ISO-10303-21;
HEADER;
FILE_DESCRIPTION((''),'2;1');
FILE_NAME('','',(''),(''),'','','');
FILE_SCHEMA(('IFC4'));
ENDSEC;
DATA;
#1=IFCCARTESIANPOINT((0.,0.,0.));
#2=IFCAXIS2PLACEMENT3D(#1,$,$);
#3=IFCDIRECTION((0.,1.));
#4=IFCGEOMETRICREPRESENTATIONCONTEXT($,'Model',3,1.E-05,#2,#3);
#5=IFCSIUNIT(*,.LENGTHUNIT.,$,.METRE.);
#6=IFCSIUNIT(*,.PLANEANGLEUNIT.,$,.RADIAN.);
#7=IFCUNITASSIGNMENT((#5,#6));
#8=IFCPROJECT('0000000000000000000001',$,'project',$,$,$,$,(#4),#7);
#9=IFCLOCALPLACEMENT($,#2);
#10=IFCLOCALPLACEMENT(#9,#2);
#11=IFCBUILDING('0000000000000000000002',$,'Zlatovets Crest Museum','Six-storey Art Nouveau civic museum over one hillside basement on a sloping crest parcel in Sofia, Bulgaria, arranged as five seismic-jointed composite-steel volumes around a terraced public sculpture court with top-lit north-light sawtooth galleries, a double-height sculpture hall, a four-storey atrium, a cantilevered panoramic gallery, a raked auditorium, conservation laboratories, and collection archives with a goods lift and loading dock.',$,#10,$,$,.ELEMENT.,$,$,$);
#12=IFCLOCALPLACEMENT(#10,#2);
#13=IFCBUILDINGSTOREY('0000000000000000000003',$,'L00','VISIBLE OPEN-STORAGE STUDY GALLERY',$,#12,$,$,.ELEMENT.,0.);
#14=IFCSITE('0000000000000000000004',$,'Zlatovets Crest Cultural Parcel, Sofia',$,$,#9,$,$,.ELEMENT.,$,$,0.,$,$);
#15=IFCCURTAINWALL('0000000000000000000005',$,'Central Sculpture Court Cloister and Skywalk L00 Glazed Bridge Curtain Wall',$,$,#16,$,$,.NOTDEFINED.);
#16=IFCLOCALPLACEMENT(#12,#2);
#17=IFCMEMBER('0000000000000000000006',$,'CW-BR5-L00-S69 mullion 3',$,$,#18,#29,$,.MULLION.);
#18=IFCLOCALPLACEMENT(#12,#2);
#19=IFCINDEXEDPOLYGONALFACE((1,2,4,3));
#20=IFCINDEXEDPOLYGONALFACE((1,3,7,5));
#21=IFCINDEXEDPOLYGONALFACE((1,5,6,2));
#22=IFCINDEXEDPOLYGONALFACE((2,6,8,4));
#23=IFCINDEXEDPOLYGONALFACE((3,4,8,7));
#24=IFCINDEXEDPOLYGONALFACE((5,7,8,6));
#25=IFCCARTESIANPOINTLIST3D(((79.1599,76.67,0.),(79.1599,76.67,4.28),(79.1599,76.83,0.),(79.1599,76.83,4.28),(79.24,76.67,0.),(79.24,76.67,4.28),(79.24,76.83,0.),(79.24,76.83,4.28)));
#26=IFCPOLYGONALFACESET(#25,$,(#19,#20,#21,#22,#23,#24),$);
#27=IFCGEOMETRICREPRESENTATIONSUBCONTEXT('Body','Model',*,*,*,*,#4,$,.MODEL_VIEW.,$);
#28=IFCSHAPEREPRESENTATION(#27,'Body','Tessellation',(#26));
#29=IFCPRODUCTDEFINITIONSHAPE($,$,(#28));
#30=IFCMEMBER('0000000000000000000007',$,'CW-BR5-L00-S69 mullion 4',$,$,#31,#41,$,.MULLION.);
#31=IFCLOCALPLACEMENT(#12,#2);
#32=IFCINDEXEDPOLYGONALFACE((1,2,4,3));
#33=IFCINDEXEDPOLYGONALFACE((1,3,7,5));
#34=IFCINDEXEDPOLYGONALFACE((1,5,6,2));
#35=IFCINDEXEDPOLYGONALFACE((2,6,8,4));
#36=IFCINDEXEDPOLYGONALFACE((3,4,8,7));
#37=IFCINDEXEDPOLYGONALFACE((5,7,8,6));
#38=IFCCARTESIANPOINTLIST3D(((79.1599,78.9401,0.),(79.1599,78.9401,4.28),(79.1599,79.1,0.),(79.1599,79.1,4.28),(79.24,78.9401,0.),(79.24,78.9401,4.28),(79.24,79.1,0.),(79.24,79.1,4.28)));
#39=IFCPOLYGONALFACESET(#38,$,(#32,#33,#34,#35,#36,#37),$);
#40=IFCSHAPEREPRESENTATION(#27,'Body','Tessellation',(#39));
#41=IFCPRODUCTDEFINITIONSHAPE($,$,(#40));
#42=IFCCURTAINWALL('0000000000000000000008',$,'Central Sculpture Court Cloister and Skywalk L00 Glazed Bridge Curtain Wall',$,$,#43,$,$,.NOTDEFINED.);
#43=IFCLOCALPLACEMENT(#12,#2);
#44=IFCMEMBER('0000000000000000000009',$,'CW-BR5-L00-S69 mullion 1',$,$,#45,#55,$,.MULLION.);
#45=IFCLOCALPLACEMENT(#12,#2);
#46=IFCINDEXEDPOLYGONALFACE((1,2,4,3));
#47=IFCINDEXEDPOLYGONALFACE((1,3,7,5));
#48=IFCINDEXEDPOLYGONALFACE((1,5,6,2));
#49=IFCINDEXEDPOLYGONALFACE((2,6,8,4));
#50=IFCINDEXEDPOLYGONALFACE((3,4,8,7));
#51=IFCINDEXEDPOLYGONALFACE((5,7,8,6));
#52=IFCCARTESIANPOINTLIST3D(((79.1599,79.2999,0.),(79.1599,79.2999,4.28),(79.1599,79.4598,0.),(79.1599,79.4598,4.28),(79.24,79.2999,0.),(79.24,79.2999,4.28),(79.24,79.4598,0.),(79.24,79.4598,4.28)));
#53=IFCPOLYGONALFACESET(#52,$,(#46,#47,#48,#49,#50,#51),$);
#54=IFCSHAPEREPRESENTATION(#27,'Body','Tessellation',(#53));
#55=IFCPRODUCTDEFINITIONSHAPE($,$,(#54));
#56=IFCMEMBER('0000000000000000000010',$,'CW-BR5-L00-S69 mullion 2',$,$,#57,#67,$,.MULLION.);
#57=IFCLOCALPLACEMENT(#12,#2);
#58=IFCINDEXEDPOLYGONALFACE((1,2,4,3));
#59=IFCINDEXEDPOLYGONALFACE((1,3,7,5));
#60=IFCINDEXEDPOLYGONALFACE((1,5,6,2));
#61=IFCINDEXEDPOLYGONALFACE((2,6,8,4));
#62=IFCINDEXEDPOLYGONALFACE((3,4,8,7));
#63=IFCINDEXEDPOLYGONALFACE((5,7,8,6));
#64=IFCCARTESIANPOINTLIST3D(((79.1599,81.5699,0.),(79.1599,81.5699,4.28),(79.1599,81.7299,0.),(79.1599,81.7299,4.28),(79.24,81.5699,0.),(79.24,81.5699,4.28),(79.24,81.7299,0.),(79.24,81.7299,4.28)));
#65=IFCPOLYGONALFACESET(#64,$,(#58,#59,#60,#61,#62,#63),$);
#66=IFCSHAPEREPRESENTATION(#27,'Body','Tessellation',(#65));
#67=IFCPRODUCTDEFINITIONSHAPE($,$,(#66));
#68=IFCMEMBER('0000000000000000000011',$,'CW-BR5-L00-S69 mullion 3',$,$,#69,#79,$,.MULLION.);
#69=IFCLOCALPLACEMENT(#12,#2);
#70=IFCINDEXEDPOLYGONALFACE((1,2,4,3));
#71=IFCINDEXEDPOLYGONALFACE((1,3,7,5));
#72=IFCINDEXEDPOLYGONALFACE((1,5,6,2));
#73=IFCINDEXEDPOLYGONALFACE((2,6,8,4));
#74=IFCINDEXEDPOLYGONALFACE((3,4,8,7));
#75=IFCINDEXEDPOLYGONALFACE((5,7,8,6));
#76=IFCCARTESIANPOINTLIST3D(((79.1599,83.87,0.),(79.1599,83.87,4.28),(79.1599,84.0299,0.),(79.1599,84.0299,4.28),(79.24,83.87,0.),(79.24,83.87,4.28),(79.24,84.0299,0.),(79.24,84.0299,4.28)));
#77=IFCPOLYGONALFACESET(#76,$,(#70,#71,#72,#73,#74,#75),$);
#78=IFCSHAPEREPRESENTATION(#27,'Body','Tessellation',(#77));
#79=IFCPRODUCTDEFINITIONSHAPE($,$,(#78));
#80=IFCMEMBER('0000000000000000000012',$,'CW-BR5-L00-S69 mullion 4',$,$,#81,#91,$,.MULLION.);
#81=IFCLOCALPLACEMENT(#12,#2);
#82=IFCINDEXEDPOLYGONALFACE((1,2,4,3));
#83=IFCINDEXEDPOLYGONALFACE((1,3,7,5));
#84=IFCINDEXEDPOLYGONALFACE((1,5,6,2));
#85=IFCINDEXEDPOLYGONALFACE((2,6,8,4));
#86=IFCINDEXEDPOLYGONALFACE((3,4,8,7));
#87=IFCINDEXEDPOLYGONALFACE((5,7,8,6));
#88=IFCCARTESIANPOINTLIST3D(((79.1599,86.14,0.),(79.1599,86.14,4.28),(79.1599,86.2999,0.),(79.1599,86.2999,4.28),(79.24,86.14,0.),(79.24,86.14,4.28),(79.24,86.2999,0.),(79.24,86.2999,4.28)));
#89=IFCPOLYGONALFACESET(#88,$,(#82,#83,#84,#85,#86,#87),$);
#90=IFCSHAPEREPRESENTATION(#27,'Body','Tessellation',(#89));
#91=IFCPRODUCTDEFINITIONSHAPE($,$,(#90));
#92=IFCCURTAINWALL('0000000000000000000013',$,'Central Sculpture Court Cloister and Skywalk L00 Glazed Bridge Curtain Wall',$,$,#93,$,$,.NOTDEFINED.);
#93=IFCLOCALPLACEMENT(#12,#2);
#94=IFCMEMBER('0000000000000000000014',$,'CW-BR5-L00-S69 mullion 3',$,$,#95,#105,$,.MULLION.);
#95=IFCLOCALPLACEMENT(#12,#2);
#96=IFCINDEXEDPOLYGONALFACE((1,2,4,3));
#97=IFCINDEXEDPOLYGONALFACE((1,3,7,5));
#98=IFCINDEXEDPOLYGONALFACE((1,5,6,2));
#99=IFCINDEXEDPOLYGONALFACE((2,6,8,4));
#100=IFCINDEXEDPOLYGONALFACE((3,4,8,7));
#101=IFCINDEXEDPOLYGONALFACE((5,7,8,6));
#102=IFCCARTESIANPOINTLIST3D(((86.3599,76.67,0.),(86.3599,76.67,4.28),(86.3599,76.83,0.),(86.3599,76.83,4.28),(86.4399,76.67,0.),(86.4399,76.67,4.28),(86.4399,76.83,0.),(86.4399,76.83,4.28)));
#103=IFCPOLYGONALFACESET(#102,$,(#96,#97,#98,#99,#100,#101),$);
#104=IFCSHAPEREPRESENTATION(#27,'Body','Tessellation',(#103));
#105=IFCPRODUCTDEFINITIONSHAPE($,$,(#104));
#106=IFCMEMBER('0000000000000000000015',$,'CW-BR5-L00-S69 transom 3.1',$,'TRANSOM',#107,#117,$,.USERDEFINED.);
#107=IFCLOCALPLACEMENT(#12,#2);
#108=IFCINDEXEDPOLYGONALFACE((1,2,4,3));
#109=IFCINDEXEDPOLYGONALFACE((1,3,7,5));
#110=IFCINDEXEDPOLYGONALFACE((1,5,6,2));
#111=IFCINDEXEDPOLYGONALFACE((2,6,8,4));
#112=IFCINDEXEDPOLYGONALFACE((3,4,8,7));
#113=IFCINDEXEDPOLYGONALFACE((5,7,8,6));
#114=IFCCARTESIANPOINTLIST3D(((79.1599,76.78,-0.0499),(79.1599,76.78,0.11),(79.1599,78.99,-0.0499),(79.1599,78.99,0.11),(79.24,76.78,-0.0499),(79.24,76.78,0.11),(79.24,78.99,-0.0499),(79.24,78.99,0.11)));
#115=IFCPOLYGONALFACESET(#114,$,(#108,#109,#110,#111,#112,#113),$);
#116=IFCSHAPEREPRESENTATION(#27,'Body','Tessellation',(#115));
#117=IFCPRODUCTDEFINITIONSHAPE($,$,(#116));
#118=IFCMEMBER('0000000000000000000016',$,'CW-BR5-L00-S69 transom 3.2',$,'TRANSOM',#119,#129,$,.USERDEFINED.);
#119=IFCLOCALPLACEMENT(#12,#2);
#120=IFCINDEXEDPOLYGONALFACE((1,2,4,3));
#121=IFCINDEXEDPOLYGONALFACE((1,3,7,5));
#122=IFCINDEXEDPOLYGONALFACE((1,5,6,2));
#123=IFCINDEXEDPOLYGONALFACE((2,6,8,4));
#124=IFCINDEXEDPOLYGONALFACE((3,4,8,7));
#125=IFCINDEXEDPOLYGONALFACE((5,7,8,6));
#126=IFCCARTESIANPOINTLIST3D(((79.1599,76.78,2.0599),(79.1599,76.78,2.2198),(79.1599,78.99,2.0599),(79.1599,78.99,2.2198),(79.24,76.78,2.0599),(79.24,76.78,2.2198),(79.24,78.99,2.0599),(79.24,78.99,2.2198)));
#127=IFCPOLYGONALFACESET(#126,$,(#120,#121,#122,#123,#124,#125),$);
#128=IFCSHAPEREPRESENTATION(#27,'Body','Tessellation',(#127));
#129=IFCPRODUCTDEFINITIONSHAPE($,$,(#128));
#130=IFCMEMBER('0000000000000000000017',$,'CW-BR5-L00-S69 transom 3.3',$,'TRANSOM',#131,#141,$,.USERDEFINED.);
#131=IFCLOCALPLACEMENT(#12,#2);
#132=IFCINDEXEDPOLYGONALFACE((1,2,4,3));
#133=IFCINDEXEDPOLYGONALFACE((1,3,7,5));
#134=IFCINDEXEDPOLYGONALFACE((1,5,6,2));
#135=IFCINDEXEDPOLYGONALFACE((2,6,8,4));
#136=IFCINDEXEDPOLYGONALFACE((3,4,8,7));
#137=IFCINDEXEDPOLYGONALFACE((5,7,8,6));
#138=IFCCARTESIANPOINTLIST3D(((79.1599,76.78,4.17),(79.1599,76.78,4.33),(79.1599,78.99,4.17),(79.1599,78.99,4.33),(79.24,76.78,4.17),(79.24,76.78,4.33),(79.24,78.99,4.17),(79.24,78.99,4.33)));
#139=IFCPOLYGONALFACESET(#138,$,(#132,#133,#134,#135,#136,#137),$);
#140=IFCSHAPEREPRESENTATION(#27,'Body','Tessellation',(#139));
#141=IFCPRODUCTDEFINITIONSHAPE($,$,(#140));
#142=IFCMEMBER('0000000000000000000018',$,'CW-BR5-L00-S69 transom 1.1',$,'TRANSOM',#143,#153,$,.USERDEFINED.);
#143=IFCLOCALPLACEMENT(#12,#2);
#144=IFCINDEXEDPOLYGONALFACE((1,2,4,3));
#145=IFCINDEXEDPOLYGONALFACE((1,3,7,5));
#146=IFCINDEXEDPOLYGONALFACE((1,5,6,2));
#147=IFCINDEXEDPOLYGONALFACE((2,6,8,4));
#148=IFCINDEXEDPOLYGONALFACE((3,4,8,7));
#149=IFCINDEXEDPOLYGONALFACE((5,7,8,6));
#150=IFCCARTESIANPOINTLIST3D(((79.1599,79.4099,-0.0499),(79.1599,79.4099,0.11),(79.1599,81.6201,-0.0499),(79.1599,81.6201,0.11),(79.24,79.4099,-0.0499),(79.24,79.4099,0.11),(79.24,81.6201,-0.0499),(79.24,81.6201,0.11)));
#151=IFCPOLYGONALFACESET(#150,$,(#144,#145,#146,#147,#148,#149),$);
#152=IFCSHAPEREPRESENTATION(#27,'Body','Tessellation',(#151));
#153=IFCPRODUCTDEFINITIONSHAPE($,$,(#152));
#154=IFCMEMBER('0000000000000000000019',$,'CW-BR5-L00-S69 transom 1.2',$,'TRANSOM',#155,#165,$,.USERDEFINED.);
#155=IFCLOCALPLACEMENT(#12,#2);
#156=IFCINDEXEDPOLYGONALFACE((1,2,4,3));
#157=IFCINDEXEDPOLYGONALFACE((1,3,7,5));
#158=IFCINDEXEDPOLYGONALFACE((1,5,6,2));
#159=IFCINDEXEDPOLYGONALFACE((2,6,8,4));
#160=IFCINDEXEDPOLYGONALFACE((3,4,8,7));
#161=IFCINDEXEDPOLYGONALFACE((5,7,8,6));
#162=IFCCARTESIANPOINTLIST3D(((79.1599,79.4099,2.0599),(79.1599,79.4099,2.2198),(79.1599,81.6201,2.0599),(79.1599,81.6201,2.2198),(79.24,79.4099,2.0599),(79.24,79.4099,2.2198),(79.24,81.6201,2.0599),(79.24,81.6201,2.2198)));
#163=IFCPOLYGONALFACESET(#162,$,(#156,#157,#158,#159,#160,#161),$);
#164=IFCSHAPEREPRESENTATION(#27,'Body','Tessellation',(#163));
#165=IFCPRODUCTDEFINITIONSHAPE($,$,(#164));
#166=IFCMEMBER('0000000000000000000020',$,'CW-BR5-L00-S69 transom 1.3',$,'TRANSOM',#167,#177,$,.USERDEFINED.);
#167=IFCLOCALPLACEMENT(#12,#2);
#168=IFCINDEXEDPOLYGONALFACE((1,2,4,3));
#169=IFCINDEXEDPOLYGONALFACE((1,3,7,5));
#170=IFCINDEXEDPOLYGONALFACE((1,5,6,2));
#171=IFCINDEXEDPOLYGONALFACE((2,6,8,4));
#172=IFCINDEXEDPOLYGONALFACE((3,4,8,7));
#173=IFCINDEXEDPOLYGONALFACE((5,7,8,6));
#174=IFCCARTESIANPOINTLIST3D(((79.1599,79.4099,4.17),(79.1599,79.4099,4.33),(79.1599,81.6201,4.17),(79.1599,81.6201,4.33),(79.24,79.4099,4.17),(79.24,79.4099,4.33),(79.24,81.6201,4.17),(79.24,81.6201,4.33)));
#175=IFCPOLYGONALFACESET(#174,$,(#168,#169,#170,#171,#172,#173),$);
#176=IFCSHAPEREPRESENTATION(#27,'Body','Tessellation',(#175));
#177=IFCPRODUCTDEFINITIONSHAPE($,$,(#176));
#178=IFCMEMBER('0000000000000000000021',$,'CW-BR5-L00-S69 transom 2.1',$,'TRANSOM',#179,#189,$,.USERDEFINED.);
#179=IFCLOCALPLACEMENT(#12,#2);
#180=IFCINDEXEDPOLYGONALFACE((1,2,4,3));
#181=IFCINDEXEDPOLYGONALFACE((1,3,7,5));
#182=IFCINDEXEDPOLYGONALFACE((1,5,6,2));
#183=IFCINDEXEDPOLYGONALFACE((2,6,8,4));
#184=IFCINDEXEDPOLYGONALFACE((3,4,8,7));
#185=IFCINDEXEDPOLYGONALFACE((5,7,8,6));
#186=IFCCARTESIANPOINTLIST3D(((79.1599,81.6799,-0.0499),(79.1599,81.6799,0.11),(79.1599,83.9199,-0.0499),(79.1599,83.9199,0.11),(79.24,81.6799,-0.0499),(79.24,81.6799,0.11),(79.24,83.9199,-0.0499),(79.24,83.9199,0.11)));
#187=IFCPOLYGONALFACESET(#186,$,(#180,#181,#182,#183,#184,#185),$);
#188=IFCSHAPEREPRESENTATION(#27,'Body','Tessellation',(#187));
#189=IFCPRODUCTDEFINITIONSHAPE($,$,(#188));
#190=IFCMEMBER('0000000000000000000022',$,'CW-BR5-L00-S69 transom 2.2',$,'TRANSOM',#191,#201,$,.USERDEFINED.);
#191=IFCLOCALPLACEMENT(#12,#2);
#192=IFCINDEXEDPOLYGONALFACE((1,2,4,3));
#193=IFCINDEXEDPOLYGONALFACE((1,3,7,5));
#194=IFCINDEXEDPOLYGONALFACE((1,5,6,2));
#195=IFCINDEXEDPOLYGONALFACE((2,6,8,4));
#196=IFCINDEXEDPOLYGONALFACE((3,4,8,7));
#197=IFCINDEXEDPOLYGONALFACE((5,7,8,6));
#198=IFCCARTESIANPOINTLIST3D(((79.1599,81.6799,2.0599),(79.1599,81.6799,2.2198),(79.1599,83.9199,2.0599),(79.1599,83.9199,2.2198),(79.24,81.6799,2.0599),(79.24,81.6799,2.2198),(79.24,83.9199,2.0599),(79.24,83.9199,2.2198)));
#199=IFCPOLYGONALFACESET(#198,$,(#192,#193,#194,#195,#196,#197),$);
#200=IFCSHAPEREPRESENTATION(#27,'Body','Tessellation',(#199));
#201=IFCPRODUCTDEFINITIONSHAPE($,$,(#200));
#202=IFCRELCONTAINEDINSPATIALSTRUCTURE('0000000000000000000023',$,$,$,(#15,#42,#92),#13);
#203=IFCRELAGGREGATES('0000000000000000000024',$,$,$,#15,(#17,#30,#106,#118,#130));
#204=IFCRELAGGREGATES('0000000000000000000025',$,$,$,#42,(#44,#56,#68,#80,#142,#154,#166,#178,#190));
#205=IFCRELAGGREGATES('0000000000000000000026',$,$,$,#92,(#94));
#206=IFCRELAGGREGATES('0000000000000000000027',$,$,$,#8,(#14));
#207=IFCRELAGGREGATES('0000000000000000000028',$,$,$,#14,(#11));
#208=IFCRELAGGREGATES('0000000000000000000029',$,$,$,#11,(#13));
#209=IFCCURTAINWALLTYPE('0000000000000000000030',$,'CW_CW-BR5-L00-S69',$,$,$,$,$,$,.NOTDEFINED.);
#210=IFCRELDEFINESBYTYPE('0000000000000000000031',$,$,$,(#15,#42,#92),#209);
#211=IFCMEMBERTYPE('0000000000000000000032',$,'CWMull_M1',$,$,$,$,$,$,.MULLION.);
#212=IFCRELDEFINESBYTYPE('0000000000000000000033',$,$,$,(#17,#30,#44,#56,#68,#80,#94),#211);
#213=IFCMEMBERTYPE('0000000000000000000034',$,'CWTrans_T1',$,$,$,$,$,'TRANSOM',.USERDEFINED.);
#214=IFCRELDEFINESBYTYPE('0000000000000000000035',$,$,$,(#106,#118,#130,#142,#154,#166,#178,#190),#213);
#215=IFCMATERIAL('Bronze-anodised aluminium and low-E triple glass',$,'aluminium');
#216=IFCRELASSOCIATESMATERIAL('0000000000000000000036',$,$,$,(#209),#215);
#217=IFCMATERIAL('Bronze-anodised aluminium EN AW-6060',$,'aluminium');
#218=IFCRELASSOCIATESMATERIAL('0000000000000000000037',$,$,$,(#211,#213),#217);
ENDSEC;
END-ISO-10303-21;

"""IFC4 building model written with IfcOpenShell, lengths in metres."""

from ifc_helpers import new_model, si_unit, direction, frame, origin, origin_2d, place, context, subcontext, project, spatial, rectangle, extrude, material, material_profile, profile_set, type_object, element, aggregate, save


model = new_model("IFC4")

# Units and contexts
model_context = context("Model", 3, precision=1e-05, world=origin(), true_north=direction((0.0, 1.0)))
body_context = subcontext(model_context, "Body", "Model", "MODEL_VIEW")
ifc_project = project(units=[si_unit("LENGTHUNIT", "METRE"), si_unit("PLANEANGLEUNIT", "RADIAN")], contexts=[model_context])

# Site, building, storey
site_placement = place(None, origin())
site = spatial("IfcSite", under=ifc_project, at=site_placement, Name="Zlatovets Crest Cultural Parcel, Sofia", CompositionType="ELEMENT", RefElevation=0.0)
building_placement = place(site_placement, origin())
building = spatial("IfcBuilding", under=site, at=building_placement, Name="Zlatovets Crest Museum", Description="Six-storey Art Nouveau civic museum over one hillside basement on a sloping crest parcel in Sofia, Bulgaria, arranged as five seismic-jointed composite-steel volumes around a terraced public sculpture court with top-lit north-light sawtooth galleries, a double-height sculpture hall, a four-storey atrium, a cantilevered panoramic gallery, a raked auditorium, conservation laboratories, and collection archives with a goods lift and loading dock.", CompositionType="ELEMENT")
storey_placement = place(building_placement, origin())
storey = spatial("IfcBuildingStorey", under=building, at=storey_placement, Name="L00", Description="VISIBLE OPEN-STORAGE STUDY GALLERY", CompositionType="ELEMENT", Elevation=0.0)

# Curtain walls, members
ifc_material_1 = material(Name="Bronze-anodised aluminium and low-E triple glass", Category="aluminium")
curtain_wall_type = type_object("IfcCurtainWallType", Name="CW_CW-BR5-L00-S69", PredefinedType="NOTDEFINED", material=ifc_material_1)
curtain_wall_1_placement = place(storey_placement, origin())
curtain_wall_1 = element("IfcCurtainWall", 1, at=curtain_wall_1_placement, inside=storey, type_object=curtain_wall_type, Name="Central Sculpture Court Cloister and Skywalk L00 Glazed Bridge Curtain Wall", PredefinedType="NOTDEFINED")
ifc_material_2 = material(Name="Bronze-anodised aluminium EN AW-6060", Category="aluminium")
ifc_material_profile_1 = material_profile(ifc_material_2, rectangle(XDim=0.0801, YDim=0.1599, at=origin_2d()), Name="ALU 80x160")
ifc_profile_set_1 = profile_set([ifc_material_profile_1], Name="Bronze-anodised aluminium EN AW-6060")
member_type_1 = type_object("IfcMemberType", Name="CWMull_M1", PredefinedType="MULLION", material=ifc_profile_set_1)
member_1_placement = place(storey_placement, frame((79.2, 76.75, 0.0), z_axis=(0.0, 0.0, 1.0), x_axis=(-1.0, 0.0, 0.0)))
member_1 = element("IfcMember", 2, at=member_1_placement, type_object=member_type_1, Name="CW-BR5-L00-S69 mullion 3", PredefinedType="MULLION", context=body_context, shape_type="SweptSolid", body=[
    extrude(rectangle(XDim=0.0801, YDim=0.1599, at=origin_2d()), origin(), (0.0, 0.0, 1.0), 4.28),
])
member_2_placement = place(storey_placement, frame((79.2, 79.02, 0.0), z_axis=(0.0, 0.0, 1.0), x_axis=(-1.0, 0.0, 0.0)))
member_2 = element("IfcMember", 3, at=member_2_placement, type_object=member_type_1, Name="CW-BR5-L00-S69 mullion 4", PredefinedType="MULLION", context=body_context, shape_type="SweptSolid", body=[
    extrude(rectangle(XDim=0.0801, YDim=0.1599, at=origin_2d()), origin(), (0.0, 0.0, 1.0), 4.28),
])
curtain_wall_2_placement = place(storey_placement, origin())
curtain_wall_2 = element("IfcCurtainWall", 4, at=curtain_wall_2_placement, inside=storey, type_object=curtain_wall_type, Name="Central Sculpture Court Cloister and Skywalk L00 Glazed Bridge Curtain Wall", PredefinedType="NOTDEFINED")
member_3_placement = place(storey_placement, frame((79.2, 79.3799, 0.0), z_axis=(0.0, 0.0, 1.0), x_axis=(-1.0, 0.0, 0.0)))
member_3 = element("IfcMember", 5, at=member_3_placement, type_object=member_type_1, Name="CW-BR5-L00-S69 mullion 1", PredefinedType="MULLION", context=body_context, shape_type="SweptSolid", body=[
    extrude(rectangle(XDim=0.0801, YDim=0.1599, at=origin_2d()), origin(), (0.0, 0.0, 1.0), 4.28),
])
member_4_placement = place(storey_placement, frame((79.2, 81.6499, 0.0), z_axis=(0.0, 0.0, 1.0), x_axis=(-1.0, 0.0, 0.0)))
member_4 = element("IfcMember", 6, at=member_4_placement, type_object=member_type_1, Name="CW-BR5-L00-S69 mullion 2", PredefinedType="MULLION", context=body_context, shape_type="SweptSolid", body=[
    extrude(rectangle(XDim=0.0801, YDim=0.1599, at=origin_2d()), origin(), (0.0, 0.0, 1.0), 4.28),
])
member_5_placement = place(storey_placement, frame((79.2, 83.95, 0.0), z_axis=(0.0, 0.0, 1.0), x_axis=(-1.0, 0.0, 0.0)))
member_5 = element("IfcMember", 7, at=member_5_placement, type_object=member_type_1, Name="CW-BR5-L00-S69 mullion 3", PredefinedType="MULLION", context=body_context, shape_type="SweptSolid", body=[
    extrude(rectangle(XDim=0.0801, YDim=0.1599, at=origin_2d()), origin(), (0.0, 0.0, 1.0), 4.28),
])
member_6_placement = place(storey_placement, frame((79.2, 86.22, 0.0), z_axis=(0.0, 0.0, 1.0), x_axis=(-1.0, 0.0, 0.0)))
member_6 = element("IfcMember", 8, at=member_6_placement, type_object=member_type_1, Name="CW-BR5-L00-S69 mullion 4", PredefinedType="MULLION", context=body_context, shape_type="SweptSolid", body=[
    extrude(rectangle(XDim=0.0801, YDim=0.1599, at=origin_2d()), origin(), (0.0, 0.0, 1.0), 4.28),
])

# Curtain wall, member
curtain_wall_3_placement = place(storey_placement, origin())
curtain_wall_3 = element("IfcCurtainWall", 9, at=curtain_wall_3_placement, inside=storey, type_object=curtain_wall_type, Name="Central Sculpture Court Cloister and Skywalk L00 Glazed Bridge Curtain Wall", PredefinedType="NOTDEFINED")
member_7_placement = place(storey_placement, frame((86.3999, 76.75, 0.0), z_axis=(0.0, 0.0, 1.0), x_axis=(-1.0, 0.0, 0.0)))
member_7 = element("IfcMember", 10, at=member_7_placement, type_object=member_type_1, Name="CW-BR5-L00-S69 mullion 3", PredefinedType="MULLION", context=body_context, shape_type="SweptSolid", body=[
    extrude(rectangle(XDim=0.0801, YDim=0.1599, at=origin_2d()), origin(), (0.0, 0.0, 1.0), 4.28),
])

# Members
ifc_material_profile_2 = material_profile(ifc_material_2, rectangle(XDim=0.0801, YDim=0.1599, at=origin_2d()), Name="ALU 80x160")
ifc_profile_set_2 = profile_set([ifc_material_profile_2], Name="Bronze-anodised aluminium EN AW-6060")
member_type_2 = type_object("IfcMemberType", Name="CWTrans_T1", ElementType="TRANSOM", PredefinedType="USERDEFINED", material=ifc_profile_set_2)
member_8_placement = place(storey_placement, frame((79.2, 76.78, 0.03), z_axis=(0.0, 1.0, 0.0), x_axis=(-1.0, 0.0, 0.0)))
member_8 = element("IfcMember", 11, at=member_8_placement, type_object=member_type_2, Name="CW-BR5-L00-S69 transom 3.1", ObjectType="TRANSOM", PredefinedType="USERDEFINED", context=body_context, shape_type="SweptSolid", body=[
    extrude(rectangle(XDim=0.0801, YDim=0.1599, at=origin_2d()), origin(), (0.0, 0.0, 1.0), 2.21),
])
member_9_placement = place(storey_placement, frame((79.2, 76.78, 2.1399), z_axis=(0.0, 1.0, 0.0), x_axis=(-1.0, 0.0, 0.0)))
member_9 = element("IfcMember", 12, at=member_9_placement, type_object=member_type_2, Name="CW-BR5-L00-S69 transom 3.2", ObjectType="TRANSOM", PredefinedType="USERDEFINED", context=body_context, shape_type="SweptSolid", body=[
    extrude(rectangle(XDim=0.0801, YDim=0.1599, at=origin_2d()), origin(), (0.0, 0.0, 1.0), 2.21),
])
member_10_placement = place(storey_placement, frame((79.2, 76.78, 4.25), z_axis=(0.0, 1.0, 0.0), x_axis=(-1.0, 0.0, 0.0)))
member_10 = element("IfcMember", 13, at=member_10_placement, type_object=member_type_2, Name="CW-BR5-L00-S69 transom 3.3", ObjectType="TRANSOM", PredefinedType="USERDEFINED", context=body_context, shape_type="SweptSolid", body=[
    extrude(rectangle(XDim=0.0801, YDim=0.1599, at=origin_2d()), origin(), (0.0, 0.0, 1.0), 2.21),
])
member_11_placement = place(storey_placement, frame((79.2, 79.4099, 0.03), z_axis=(0.0, 1.0, 0.0), x_axis=(-1.0, 0.0, 0.0)))
member_11 = element("IfcMember", 14, at=member_11_placement, type_object=member_type_2, Name="CW-BR5-L00-S69 transom 1.1", ObjectType="TRANSOM", PredefinedType="USERDEFINED", context=body_context, shape_type="SweptSolid", body=[
    extrude(rectangle(XDim=0.0801, YDim=0.1599, at=origin_2d()), origin(), (0.0, 0.0, 1.0), 2.2102),
])
member_12_placement = place(storey_placement, frame((79.2, 79.4099, 2.1399), z_axis=(0.0, 1.0, 0.0), x_axis=(-1.0, 0.0, 0.0)))
member_12 = element("IfcMember", 15, at=member_12_placement, type_object=member_type_2, Name="CW-BR5-L00-S69 transom 1.2", ObjectType="TRANSOM", PredefinedType="USERDEFINED", context=body_context, shape_type="SweptSolid", body=[
    extrude(rectangle(XDim=0.0801, YDim=0.1599, at=origin_2d()), origin(), (0.0, 0.0, 1.0), 2.2102),
])
member_13_placement = place(storey_placement, frame((79.2, 79.4099, 4.25), z_axis=(0.0, 1.0, 0.0), x_axis=(-1.0, 0.0, 0.0)))
member_13 = element("IfcMember", 16, at=member_13_placement, type_object=member_type_2, Name="CW-BR5-L00-S69 transom 1.3", ObjectType="TRANSOM", PredefinedType="USERDEFINED", context=body_context, shape_type="SweptSolid", body=[
    extrude(rectangle(XDim=0.0801, YDim=0.1599, at=origin_2d()), origin(), (0.0, 0.0, 1.0), 2.2102),
])
member_14_placement = place(storey_placement, frame((79.2, 81.6799, 0.03), z_axis=(0.0, 1.0, 0.0), x_axis=(-1.0, 0.0, 0.0)))
member_14 = element("IfcMember", 17, at=member_14_placement, type_object=member_type_2, Name="CW-BR5-L00-S69 transom 2.1", ObjectType="TRANSOM", PredefinedType="USERDEFINED", context=body_context, shape_type="SweptSolid", body=[
    extrude(rectangle(XDim=0.0801, YDim=0.1599, at=origin_2d()), origin(), (0.0, 0.0, 1.0), 2.24),
])
member_15_placement = place(storey_placement, frame((79.2, 81.6799, 2.1399), z_axis=(0.0, 1.0, 0.0), x_axis=(-1.0, 0.0, 0.0)))
member_15 = element("IfcMember", 18, at=member_15_placement, type_object=member_type_2, Name="CW-BR5-L00-S69 transom 2.2", ObjectType="TRANSOM", PredefinedType="USERDEFINED", context=body_context, shape_type="SweptSolid", body=[
    extrude(rectangle(XDim=0.0801, YDim=0.1599, at=origin_2d()), origin(), (0.0, 0.0, 1.0), 2.24),
])

aggregate(curtain_wall_1, [member_1, member_2, member_8, member_9, member_10])
aggregate(curtain_wall_2, [member_3, member_4, member_5, member_6, member_11, member_12, member_13, member_14, member_15])
aggregate(curtain_wall_3, [member_7])

save(model, "model.ifc")
